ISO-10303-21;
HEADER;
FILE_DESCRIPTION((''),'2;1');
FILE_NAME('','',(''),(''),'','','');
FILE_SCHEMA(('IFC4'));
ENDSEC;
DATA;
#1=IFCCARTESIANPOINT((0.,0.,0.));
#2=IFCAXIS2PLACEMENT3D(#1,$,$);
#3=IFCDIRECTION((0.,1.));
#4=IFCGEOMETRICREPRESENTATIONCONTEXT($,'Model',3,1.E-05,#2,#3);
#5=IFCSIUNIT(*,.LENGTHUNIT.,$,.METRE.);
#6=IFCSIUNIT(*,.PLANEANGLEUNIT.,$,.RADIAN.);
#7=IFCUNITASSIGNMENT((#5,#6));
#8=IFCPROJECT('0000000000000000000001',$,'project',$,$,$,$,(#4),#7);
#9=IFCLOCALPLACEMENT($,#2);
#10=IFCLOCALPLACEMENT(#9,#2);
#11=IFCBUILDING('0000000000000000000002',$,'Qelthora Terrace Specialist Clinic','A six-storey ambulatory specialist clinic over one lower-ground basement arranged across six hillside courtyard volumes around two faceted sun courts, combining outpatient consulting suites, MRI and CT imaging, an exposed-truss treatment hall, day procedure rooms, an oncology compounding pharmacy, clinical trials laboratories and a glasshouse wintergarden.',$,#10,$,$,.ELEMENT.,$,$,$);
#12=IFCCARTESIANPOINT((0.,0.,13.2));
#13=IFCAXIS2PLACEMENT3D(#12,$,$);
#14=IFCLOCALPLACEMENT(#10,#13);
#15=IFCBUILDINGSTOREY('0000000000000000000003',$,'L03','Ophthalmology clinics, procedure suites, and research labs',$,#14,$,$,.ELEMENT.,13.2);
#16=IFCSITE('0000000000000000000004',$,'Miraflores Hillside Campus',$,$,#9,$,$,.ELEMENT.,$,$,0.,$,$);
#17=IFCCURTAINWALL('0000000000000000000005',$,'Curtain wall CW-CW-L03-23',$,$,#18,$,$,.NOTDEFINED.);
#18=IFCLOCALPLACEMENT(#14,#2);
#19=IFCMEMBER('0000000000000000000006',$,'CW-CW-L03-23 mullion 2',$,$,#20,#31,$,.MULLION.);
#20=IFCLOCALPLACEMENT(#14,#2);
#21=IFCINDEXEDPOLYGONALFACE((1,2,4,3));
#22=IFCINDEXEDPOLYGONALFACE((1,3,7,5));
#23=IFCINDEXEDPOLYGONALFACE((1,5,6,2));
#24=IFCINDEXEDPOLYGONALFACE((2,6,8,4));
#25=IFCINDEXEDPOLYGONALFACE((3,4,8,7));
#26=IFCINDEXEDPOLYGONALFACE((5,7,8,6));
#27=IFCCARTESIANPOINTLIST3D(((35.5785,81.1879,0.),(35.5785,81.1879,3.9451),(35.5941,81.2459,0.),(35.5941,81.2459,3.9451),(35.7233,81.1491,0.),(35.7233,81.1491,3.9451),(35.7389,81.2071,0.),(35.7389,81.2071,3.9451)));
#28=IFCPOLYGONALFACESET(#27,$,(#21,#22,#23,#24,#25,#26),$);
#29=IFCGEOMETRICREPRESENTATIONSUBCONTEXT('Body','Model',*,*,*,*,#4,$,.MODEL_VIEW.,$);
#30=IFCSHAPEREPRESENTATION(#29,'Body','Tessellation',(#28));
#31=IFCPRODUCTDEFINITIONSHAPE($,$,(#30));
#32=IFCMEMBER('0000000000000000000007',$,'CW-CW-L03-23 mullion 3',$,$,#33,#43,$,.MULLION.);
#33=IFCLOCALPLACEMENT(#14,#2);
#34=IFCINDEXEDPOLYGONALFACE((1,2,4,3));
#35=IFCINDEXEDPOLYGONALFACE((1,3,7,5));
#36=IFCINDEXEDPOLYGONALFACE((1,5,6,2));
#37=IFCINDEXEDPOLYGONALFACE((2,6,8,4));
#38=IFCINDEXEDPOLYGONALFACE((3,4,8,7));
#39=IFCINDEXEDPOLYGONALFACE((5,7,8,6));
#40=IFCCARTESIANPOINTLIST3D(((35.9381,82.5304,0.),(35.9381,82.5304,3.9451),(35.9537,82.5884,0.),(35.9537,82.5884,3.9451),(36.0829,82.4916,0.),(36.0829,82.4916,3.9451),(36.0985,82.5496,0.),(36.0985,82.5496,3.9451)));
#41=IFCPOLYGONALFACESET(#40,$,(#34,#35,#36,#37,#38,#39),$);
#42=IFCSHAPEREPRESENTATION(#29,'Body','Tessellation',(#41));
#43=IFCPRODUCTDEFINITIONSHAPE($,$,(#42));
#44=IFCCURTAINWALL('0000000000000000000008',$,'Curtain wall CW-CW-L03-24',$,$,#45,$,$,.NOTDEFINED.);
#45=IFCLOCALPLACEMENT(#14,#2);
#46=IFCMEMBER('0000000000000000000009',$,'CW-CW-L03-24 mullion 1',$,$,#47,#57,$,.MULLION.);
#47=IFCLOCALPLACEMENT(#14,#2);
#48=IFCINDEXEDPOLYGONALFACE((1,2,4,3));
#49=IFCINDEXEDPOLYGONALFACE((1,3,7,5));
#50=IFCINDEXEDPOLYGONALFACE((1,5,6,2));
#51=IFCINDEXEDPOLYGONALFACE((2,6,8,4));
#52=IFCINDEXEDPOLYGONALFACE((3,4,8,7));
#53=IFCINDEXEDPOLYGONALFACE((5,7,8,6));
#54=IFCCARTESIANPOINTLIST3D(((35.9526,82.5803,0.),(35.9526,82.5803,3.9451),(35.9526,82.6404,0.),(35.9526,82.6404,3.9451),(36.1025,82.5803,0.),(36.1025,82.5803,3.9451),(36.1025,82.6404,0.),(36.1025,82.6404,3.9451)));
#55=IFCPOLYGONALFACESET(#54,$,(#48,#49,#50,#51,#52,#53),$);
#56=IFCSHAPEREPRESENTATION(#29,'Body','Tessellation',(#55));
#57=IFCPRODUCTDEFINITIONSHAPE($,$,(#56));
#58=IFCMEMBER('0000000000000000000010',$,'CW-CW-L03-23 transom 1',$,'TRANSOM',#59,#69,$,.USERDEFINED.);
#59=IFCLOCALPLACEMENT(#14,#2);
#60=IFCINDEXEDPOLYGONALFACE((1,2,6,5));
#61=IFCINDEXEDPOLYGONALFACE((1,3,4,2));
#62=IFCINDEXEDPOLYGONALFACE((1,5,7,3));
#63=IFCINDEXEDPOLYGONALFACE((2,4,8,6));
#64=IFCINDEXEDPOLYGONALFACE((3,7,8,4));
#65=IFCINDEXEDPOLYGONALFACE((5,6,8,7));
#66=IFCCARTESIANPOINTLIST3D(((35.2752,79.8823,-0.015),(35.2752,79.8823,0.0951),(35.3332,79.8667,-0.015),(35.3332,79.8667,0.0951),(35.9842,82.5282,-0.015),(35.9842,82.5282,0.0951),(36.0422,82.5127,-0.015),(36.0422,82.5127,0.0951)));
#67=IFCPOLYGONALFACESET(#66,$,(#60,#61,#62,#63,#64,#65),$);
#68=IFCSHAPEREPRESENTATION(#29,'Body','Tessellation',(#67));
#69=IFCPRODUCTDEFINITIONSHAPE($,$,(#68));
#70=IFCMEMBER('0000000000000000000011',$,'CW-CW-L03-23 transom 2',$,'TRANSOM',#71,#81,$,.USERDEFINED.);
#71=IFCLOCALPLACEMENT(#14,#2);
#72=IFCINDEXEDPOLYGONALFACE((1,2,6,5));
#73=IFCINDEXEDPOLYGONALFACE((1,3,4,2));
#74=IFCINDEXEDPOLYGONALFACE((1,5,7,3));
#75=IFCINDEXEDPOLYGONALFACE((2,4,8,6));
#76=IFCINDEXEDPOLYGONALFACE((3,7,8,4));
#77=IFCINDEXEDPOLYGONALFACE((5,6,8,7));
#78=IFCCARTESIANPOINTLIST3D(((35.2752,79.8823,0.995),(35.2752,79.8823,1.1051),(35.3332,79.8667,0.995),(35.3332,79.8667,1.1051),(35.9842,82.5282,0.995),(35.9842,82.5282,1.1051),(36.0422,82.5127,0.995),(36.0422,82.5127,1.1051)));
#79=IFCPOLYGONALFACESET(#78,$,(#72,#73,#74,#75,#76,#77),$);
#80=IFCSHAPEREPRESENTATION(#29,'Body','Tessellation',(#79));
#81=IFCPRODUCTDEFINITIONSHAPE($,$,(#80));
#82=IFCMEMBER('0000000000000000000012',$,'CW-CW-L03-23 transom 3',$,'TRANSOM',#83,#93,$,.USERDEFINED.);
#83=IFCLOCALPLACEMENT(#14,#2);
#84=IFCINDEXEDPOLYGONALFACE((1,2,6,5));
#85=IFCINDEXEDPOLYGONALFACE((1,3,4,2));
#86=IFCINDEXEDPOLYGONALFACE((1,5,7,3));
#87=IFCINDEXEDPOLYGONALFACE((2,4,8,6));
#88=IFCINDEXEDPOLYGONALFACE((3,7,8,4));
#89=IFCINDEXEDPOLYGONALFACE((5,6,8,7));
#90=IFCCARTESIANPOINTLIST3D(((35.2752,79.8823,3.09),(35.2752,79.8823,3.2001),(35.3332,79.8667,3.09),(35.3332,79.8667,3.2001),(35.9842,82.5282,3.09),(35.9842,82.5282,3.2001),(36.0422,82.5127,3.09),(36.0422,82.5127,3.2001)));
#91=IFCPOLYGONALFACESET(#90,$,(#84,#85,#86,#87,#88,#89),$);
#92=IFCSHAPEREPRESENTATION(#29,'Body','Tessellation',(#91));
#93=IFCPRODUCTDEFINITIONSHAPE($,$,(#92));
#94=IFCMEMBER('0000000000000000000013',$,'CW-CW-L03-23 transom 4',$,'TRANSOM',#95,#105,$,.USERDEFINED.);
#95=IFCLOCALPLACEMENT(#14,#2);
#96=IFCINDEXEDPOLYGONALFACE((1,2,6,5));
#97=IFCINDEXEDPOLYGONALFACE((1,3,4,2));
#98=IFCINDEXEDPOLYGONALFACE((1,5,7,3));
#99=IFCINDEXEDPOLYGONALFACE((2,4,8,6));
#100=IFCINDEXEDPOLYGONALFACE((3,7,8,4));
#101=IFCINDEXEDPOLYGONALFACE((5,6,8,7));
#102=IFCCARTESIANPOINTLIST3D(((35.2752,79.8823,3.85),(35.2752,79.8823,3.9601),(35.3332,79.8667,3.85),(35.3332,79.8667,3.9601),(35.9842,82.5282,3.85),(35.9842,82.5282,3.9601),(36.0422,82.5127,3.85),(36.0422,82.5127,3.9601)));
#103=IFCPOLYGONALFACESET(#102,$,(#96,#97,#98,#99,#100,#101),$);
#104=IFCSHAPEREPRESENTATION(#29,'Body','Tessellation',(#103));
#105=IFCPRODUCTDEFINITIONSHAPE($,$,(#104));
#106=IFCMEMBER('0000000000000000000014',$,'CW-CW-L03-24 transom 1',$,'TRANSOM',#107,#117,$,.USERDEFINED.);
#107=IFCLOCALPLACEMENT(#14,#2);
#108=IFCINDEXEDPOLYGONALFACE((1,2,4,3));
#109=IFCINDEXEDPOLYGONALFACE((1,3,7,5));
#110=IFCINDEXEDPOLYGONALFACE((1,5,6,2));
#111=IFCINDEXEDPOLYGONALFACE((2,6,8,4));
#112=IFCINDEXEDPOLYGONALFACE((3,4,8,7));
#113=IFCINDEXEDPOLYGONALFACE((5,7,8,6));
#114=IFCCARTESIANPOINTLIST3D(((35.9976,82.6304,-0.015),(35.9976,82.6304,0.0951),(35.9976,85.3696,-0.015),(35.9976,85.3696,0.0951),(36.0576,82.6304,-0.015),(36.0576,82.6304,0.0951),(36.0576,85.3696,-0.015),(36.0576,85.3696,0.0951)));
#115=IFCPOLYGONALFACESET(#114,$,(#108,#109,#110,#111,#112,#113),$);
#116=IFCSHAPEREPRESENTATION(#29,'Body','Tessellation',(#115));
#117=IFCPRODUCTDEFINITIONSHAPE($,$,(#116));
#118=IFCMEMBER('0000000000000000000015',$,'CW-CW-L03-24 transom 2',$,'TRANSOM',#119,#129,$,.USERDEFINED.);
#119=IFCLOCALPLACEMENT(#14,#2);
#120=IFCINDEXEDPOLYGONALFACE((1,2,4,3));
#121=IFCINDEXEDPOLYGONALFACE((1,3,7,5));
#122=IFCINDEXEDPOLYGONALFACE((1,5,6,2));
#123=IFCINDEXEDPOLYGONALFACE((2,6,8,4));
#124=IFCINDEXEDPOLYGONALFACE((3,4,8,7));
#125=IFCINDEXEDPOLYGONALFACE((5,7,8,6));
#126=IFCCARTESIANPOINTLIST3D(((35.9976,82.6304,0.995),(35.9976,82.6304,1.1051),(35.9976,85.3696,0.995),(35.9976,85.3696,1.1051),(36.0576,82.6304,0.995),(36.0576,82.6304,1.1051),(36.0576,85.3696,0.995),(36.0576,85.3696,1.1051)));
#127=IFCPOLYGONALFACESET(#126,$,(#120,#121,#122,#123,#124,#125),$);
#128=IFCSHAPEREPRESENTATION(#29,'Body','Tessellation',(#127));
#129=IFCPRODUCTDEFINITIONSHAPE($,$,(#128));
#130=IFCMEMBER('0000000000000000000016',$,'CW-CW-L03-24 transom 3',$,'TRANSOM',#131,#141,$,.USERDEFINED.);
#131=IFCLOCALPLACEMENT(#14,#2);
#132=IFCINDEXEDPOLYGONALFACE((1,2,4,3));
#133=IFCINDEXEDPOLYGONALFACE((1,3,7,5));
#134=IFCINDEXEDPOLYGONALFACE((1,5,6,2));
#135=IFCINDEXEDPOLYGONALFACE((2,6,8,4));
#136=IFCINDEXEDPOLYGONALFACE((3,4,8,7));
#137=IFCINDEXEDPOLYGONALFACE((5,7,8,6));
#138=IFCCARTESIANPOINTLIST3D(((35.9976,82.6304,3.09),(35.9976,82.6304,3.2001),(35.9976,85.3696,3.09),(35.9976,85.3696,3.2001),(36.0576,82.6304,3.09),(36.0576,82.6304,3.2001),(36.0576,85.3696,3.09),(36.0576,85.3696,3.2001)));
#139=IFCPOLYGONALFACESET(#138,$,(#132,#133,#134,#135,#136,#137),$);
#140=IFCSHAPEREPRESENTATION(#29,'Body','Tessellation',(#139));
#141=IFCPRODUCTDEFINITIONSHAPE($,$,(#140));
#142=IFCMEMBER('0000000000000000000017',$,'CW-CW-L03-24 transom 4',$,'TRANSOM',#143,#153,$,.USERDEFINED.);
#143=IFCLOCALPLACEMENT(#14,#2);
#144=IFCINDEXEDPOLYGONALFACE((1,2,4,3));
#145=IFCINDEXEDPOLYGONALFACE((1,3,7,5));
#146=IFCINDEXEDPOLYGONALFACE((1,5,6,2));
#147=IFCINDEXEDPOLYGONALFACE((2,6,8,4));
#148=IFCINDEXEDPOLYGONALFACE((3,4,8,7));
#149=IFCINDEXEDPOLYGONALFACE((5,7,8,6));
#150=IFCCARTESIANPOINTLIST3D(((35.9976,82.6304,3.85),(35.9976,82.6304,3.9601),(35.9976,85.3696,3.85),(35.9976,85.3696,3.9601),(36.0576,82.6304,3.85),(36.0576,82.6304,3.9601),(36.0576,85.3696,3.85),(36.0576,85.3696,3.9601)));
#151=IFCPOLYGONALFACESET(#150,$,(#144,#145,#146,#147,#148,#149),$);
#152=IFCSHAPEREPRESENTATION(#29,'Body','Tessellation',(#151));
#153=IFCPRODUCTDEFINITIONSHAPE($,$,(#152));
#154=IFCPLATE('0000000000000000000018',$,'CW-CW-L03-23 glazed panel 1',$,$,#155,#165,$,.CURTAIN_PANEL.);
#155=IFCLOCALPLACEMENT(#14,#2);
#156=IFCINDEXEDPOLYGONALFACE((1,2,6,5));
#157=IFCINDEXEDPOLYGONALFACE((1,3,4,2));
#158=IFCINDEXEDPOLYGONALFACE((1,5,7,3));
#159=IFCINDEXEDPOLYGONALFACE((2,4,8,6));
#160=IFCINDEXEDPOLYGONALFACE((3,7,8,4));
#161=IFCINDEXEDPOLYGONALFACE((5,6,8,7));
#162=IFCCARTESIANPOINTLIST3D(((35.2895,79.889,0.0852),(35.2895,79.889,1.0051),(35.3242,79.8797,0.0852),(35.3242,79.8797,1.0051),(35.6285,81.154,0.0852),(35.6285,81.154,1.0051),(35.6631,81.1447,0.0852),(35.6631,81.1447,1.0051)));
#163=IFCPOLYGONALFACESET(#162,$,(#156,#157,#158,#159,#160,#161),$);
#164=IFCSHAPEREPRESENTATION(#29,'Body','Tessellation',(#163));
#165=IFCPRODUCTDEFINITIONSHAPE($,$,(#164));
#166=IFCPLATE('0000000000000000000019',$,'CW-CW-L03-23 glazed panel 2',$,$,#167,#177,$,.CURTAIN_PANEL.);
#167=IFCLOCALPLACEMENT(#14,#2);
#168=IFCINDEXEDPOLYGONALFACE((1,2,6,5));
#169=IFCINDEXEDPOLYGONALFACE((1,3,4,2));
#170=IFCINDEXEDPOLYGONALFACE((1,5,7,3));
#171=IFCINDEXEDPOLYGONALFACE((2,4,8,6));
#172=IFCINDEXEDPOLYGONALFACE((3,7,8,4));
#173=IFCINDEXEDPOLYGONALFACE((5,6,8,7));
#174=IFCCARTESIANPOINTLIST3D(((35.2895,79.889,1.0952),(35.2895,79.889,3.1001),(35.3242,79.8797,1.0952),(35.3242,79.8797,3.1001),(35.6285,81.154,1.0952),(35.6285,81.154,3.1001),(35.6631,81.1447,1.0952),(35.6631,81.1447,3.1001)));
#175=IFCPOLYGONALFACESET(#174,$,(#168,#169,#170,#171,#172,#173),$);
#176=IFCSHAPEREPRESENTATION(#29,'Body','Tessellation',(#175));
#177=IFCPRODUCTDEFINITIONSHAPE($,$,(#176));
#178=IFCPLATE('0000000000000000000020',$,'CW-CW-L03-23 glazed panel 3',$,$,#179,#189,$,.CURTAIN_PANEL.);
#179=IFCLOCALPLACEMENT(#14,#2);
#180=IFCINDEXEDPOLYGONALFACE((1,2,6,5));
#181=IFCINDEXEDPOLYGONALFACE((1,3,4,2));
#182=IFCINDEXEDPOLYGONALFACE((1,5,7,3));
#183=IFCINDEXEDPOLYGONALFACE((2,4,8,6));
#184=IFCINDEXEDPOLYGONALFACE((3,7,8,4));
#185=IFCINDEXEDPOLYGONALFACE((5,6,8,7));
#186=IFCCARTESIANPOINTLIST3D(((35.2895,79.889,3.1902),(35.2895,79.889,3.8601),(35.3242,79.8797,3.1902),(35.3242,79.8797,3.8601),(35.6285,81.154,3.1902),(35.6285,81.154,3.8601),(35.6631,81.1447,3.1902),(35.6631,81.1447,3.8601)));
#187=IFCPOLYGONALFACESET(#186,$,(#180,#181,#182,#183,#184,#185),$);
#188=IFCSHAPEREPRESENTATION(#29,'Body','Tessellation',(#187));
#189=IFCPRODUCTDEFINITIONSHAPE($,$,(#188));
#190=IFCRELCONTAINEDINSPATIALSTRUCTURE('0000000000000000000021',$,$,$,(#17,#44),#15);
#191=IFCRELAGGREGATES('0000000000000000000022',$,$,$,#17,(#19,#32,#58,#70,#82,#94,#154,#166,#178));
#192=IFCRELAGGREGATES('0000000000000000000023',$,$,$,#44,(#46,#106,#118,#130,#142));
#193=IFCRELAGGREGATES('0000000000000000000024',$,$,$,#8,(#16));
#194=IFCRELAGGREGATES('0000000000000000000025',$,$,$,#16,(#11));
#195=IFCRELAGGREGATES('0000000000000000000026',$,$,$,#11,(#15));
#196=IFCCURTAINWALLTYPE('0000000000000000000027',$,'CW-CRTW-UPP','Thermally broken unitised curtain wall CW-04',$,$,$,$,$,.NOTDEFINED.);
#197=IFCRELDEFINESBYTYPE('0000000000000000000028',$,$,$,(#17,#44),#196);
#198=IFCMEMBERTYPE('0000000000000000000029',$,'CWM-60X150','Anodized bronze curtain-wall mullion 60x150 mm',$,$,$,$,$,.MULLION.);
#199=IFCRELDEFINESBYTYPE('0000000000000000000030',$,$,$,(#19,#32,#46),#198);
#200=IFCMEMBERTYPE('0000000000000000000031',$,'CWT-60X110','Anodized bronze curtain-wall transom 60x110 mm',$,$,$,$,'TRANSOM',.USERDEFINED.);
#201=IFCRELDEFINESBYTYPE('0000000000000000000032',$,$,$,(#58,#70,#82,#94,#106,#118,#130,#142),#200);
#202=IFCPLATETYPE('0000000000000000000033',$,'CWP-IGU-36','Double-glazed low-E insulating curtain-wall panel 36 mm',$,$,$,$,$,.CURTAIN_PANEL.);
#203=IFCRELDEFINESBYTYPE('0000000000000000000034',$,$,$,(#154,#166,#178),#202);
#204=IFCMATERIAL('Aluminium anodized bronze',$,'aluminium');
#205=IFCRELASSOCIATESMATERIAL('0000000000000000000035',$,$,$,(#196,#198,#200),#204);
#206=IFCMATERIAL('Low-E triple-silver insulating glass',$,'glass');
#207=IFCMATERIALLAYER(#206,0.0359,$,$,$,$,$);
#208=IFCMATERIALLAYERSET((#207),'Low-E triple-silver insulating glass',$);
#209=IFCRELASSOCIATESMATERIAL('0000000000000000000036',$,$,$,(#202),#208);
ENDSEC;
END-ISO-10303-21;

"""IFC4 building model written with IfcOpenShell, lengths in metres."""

from ifc_helpers import new_model, si_unit, direction, frame, origin, origin_2d, place, context, subcontext, project, spatial, rectangle, extrude, material, layer, layer_set, material_profile, profile_set, type_object, element, aggregate, save


model = new_model("IFC4")

# Units and contexts
model_context = context("Model", 3, precision=1e-05, world=origin(), true_north=direction((0.0, 1.0)))
body_context = subcontext(model_context, "Body", "Model", "MODEL_VIEW")
ifc_project = project(units=[si_unit("LENGTHUNIT", "METRE"), si_unit("PLANEANGLEUNIT", "RADIAN")], contexts=[model_context])

# Site, building, storey
site_placement = place(None, origin())
site = spatial("IfcSite", under=ifc_project, at=site_placement, Name="Miraflores Hillside Campus", CompositionType="ELEMENT", RefElevation=0.0)
building_placement = place(site_placement, origin())
building = spatial("IfcBuilding", under=site, at=building_placement, Name="Qelthora Terrace Specialist Clinic", Description="A six-storey ambulatory specialist clinic over one lower-ground basement arranged across six hillside courtyard volumes around two faceted sun courts, combining outpatient consulting suites, MRI and CT imaging, an exposed-truss treatment hall, day procedure rooms, an oncology compounding pharmacy, clinical trials laboratories and a glasshouse wintergarden.", CompositionType="ELEMENT")
storey_placement = place(building_placement, frame((0.0, 0.0, 13.2)))
storey = spatial("IfcBuildingStorey", under=building, at=storey_placement, Name="L03", Description="Ophthalmology clinics, procedure suites, and research labs", CompositionType="ELEMENT", Elevation=13.2)

# Curtain wall, members
ifc_material_1 = material(Name="Aluminium anodized bronze", Category="aluminium")
curtain_wall_type = type_object("IfcCurtainWallType", Name="CW-CRTW-UPP", Description="Thermally broken unitised curtain wall CW-04", PredefinedType="NOTDEFINED", material=ifc_material_1)
curtain_wall_1_placement = place(storey_placement, origin())
curtain_wall_1 = element("IfcCurtainWall", 1, at=curtain_wall_1_placement, inside=storey, type_object=curtain_wall_type, Name="Curtain wall CW-CW-L03-23", PredefinedType="NOTDEFINED")
ifc_material_profile_1 = material_profile(ifc_material_1, rectangle(XDim=0.0601, YDim=0.1499, at=origin_2d()), Name="CWM60X150")
ifc_profile_set_1 = profile_set([ifc_material_profile_1], Name="Aluminium anodized bronze")
member_type_1 = type_object("IfcMemberType", Name="CWM-60X150", Description="Anodized bronze curtain-wall mullion 60x150 mm", PredefinedType="MULLION", material=ifc_profile_set_1)
member_1_placement = place(storey_placement, frame((35.6587, 81.1975, 0.0), z_axis=(0.0, 0.0, 1.0), x_axis=(0.25882, 0.965925, 0.0)))
member_1 = element("IfcMember", 2, at=member_1_placement, type_object=member_type_1, Name="CW-CW-L03-23 mullion 2", PredefinedType="MULLION", context=body_context, shape_type="SweptSolid", body=[
    extrude(rectangle(XDim=0.0601, YDim=0.1499, at=origin_2d()), origin(), (0.0, 0.0, 1.0), 3.9451),
])
member_2_placement = place(storey_placement, frame((36.0183, 82.54, 0.0), z_axis=(0.0, 0.0, 1.0), x_axis=(0.25882, 0.965925, 0.0)))
member_2 = element("IfcMember", 3, at=member_2_placement, type_object=member_type_1, Name="CW-CW-L03-23 mullion 3", PredefinedType="MULLION", context=body_context, shape_type="SweptSolid", body=[
    extrude(rectangle(XDim=0.0601, YDim=0.1499, at=origin_2d()), origin(), (0.0, 0.0, 1.0), 3.9451),
])

# Curtain wall, member
curtain_wall_2_placement = place(storey_placement, origin())
curtain_wall_2 = element("IfcCurtainWall", 4, at=curtain_wall_2_placement, inside=storey, type_object=curtain_wall_type, Name="Curtain wall CW-CW-L03-24", PredefinedType="NOTDEFINED")
member_3_placement = place(storey_placement, frame((36.0276, 82.6104, 0.0), z_axis=(0.0, 0.0, 1.0), x_axis=(0.0, 1.0, 0.0)))
member_3 = element("IfcMember", 5, at=member_3_placement, type_object=member_type_1, Name="CW-CW-L03-24 mullion 1", PredefinedType="MULLION", context=body_context, shape_type="SweptSolid", body=[
    extrude(rectangle(XDim=0.0601, YDim=0.1499, at=origin_2d()), origin(), (0.0, 0.0, 1.0), 3.9451),
])

# Members
ifc_material_profile_2 = material_profile(ifc_material_1, rectangle(XDim=0.0601, YDim=0.1101, at=origin_2d()), Name="CWT60X110")
ifc_profile_set_2 = profile_set([ifc_material_profile_2], Name="Aluminium anodized bronze")
member_type_2 = type_object("IfcMemberType", Name="CWT-60X110", Description="Anodized bronze curtain-wall transom 60x110 mm", ElementType="TRANSOM", PredefinedType="USERDEFINED", material=ifc_profile_set_2)
member_4_placement = place(storey_placement, frame((35.3042, 79.8745, 0.04), z_axis=(0.258816, 0.965927, 0.0), x_axis=(-0.965927, 0.258816, 0.0)))
member_4 = element("IfcMember", 6, at=member_4_placement, type_object=member_type_2, Name="CW-CW-L03-23 transom 1", ObjectType="TRANSOM", PredefinedType="USERDEFINED", context=body_context, shape_type="SweptSolid", body=[
    extrude(rectangle(XDim=0.0601, YDim=0.1101, at=origin_2d()), origin(), (0.0, 0.0, 1.0), 2.7393),
])
member_5_placement = place(storey_placement, frame((35.3042, 79.8745, 1.05), z_axis=(0.258816, 0.965927, 0.0), x_axis=(-0.965927, 0.258816, 0.0)))
member_5 = element("IfcMember", 7, at=member_5_placement, type_object=member_type_2, Name="CW-CW-L03-23 transom 2", ObjectType="TRANSOM", PredefinedType="USERDEFINED", context=body_context, shape_type="SweptSolid", body=[
    extrude(rectangle(XDim=0.0601, YDim=0.1101, at=origin_2d()), origin(), (0.0, 0.0, 1.0), 2.7393),
])
member_6_placement = place(storey_placement, frame((35.3042, 79.8745, 3.145), z_axis=(0.258816, 0.965927, 0.0), x_axis=(-0.965927, 0.258816, 0.0)))
member_6 = element("IfcMember", 8, at=member_6_placement, type_object=member_type_2, Name="CW-CW-L03-23 transom 3", ObjectType="TRANSOM", PredefinedType="USERDEFINED", context=body_context, shape_type="SweptSolid", body=[
    extrude(rectangle(XDim=0.0601, YDim=0.1101, at=origin_2d()), origin(), (0.0, 0.0, 1.0), 2.7393),
])
member_7_placement = place(storey_placement, frame((35.3042, 79.8745, 3.905), z_axis=(0.258816, 0.965927, 0.0), x_axis=(-0.965927, 0.258816, 0.0)))
member_7 = element("IfcMember", 9, at=member_7_placement, type_object=member_type_2, Name="CW-CW-L03-23 transom 4", ObjectType="TRANSOM", PredefinedType="USERDEFINED", context=body_context, shape_type="SweptSolid", body=[
    extrude(rectangle(XDim=0.0601, YDim=0.1101, at=origin_2d()), origin(), (0.0, 0.0, 1.0), 2.7393),
])
member_8_placement = place(storey_placement, frame((36.0276, 82.6304, 0.04), z_axis=(0.0, 1.0, 0.0), x_axis=(-1.0, 0.0, 0.0)))
member_8 = element("IfcMember", 10, at=member_8_placement, type_object=member_type_2, Name="CW-CW-L03-24 transom 1", ObjectType="TRANSOM", PredefinedType="USERDEFINED", context=body_context, shape_type="SweptSolid", body=[
    extrude(rectangle(XDim=0.0601, YDim=0.1101, at=origin_2d()), origin(), (0.0, 0.0, 1.0), 2.7393),
])
member_9_placement = place(storey_placement, frame((36.0276, 82.6304, 1.05), z_axis=(0.0, 1.0, 0.0), x_axis=(-1.0, 0.0, 0.0)))
member_9 = element("IfcMember", 11, at=member_9_placement, type_object=member_type_2, Name="CW-CW-L03-24 transom 2", ObjectType="TRANSOM", PredefinedType="USERDEFINED", context=body_context, shape_type="SweptSolid", body=[
    extrude(rectangle(XDim=0.0601, YDim=0.1101, at=origin_2d()), origin(), (0.0, 0.0, 1.0), 2.7393),
])
member_10_placement = place(storey_placement, frame((36.0276, 82.6304, 3.145), z_axis=(0.0, 1.0, 0.0), x_axis=(-1.0, 0.0, 0.0)))
member_10 = element("IfcMember", 12, at=member_10_placement, type_object=member_type_2, Name="CW-CW-L03-24 transom 3", ObjectType="TRANSOM", PredefinedType="USERDEFINED", context=body_context, shape_type="SweptSolid", body=[
    extrude(rectangle(XDim=0.0601, YDim=0.1101, at=origin_2d()), origin(), (0.0, 0.0, 1.0), 2.7393),
])
member_11_placement = place(storey_placement, frame((36.0276, 82.6304, 3.905), z_axis=(0.0, 1.0, 0.0), x_axis=(-1.0, 0.0, 0.0)))
member_11 = element("IfcMember", 13, at=member_11_placement, type_object=member_type_2, Name="CW-CW-L03-24 transom 4", ObjectType="TRANSOM", PredefinedType="USERDEFINED", context=body_context, shape_type="SweptSolid", body=[
    extrude(rectangle(XDim=0.0601, YDim=0.1101, at=origin_2d()), origin(), (0.0, 0.0, 1.0), 2.7393),
])

# Plates
ifc_material_2 = material(Name="Low-E triple-silver insulating glass", Category="glass")
ifc_layer = layer(ifc_material_2, 0.0359)
ifc_layer_set = layer_set([ifc_layer], Name="Low-E triple-silver insulating glass")
plate_type = type_object("IfcPlateType", Name="CWP-IGU-36", Description="Double-glazed low-E insulating curtain-wall panel 36 mm", PredefinedType="CURTAIN_PANEL", material=ifc_layer_set)
plate_1_placement = place(storey_placement, frame((35.4763, 80.5168, 0.0852), z_axis=(0.0, 0.0, 1.0), x_axis=(0.258821, 0.965925, 0.0)))
plate_1 = element("IfcPlate", 14, at=plate_1_placement, type_object=plate_type, Name="CW-CW-L03-23 glazed panel 1", PredefinedType="CURTAIN_PANEL", context=body_context, shape_type="SweptSolid", body=[
    extrude(rectangle(XDim=1.3096, YDim=0.0359, at=origin_2d()), origin(), (0.0, 0.0, 1.0), 0.9199),
])
plate_2_placement = place(storey_placement, frame((35.4763, 80.5168, 1.0952), z_axis=(0.0, 0.0, 1.0), x_axis=(0.258821, 0.965925, 0.0)))
plate_2 = element("IfcPlate", 15, at=plate_2_placement, type_object=plate_type, Name="CW-CW-L03-23 glazed panel 2", PredefinedType="CURTAIN_PANEL", context=body_context, shape_type="SweptSolid", body=[
    extrude(rectangle(XDim=1.3096, YDim=0.0359, at=origin_2d()), origin(), (0.0, 0.0, 1.0), 2.0049),
])
plate_3_placement = place(storey_placement, frame((35.4763, 80.5168, 3.1902), z_axis=(0.0, 0.0, 1.0), x_axis=(0.258821, 0.965925, 0.0)))
plate_3 = element("IfcPlate", 16, at=plate_3_placement, type_object=plate_type, Name="CW-CW-L03-23 glazed panel 3", PredefinedType="CURTAIN_PANEL", context=body_context, shape_type="SweptSolid", body=[
    extrude(rectangle(XDim=1.3096, YDim=0.0359, at=origin_2d()), origin(), (0.0, 0.0, 1.0), 0.6699),
])
aggregate(curtain_wall_1, [member_1, member_2, member_4, member_5, member_6, member_7, plate_1, plate_2, plate_3])
aggregate(curtain_wall_2, [member_3, member_8, member_9, member_10, member_11])

save(model, "model.ifc")
